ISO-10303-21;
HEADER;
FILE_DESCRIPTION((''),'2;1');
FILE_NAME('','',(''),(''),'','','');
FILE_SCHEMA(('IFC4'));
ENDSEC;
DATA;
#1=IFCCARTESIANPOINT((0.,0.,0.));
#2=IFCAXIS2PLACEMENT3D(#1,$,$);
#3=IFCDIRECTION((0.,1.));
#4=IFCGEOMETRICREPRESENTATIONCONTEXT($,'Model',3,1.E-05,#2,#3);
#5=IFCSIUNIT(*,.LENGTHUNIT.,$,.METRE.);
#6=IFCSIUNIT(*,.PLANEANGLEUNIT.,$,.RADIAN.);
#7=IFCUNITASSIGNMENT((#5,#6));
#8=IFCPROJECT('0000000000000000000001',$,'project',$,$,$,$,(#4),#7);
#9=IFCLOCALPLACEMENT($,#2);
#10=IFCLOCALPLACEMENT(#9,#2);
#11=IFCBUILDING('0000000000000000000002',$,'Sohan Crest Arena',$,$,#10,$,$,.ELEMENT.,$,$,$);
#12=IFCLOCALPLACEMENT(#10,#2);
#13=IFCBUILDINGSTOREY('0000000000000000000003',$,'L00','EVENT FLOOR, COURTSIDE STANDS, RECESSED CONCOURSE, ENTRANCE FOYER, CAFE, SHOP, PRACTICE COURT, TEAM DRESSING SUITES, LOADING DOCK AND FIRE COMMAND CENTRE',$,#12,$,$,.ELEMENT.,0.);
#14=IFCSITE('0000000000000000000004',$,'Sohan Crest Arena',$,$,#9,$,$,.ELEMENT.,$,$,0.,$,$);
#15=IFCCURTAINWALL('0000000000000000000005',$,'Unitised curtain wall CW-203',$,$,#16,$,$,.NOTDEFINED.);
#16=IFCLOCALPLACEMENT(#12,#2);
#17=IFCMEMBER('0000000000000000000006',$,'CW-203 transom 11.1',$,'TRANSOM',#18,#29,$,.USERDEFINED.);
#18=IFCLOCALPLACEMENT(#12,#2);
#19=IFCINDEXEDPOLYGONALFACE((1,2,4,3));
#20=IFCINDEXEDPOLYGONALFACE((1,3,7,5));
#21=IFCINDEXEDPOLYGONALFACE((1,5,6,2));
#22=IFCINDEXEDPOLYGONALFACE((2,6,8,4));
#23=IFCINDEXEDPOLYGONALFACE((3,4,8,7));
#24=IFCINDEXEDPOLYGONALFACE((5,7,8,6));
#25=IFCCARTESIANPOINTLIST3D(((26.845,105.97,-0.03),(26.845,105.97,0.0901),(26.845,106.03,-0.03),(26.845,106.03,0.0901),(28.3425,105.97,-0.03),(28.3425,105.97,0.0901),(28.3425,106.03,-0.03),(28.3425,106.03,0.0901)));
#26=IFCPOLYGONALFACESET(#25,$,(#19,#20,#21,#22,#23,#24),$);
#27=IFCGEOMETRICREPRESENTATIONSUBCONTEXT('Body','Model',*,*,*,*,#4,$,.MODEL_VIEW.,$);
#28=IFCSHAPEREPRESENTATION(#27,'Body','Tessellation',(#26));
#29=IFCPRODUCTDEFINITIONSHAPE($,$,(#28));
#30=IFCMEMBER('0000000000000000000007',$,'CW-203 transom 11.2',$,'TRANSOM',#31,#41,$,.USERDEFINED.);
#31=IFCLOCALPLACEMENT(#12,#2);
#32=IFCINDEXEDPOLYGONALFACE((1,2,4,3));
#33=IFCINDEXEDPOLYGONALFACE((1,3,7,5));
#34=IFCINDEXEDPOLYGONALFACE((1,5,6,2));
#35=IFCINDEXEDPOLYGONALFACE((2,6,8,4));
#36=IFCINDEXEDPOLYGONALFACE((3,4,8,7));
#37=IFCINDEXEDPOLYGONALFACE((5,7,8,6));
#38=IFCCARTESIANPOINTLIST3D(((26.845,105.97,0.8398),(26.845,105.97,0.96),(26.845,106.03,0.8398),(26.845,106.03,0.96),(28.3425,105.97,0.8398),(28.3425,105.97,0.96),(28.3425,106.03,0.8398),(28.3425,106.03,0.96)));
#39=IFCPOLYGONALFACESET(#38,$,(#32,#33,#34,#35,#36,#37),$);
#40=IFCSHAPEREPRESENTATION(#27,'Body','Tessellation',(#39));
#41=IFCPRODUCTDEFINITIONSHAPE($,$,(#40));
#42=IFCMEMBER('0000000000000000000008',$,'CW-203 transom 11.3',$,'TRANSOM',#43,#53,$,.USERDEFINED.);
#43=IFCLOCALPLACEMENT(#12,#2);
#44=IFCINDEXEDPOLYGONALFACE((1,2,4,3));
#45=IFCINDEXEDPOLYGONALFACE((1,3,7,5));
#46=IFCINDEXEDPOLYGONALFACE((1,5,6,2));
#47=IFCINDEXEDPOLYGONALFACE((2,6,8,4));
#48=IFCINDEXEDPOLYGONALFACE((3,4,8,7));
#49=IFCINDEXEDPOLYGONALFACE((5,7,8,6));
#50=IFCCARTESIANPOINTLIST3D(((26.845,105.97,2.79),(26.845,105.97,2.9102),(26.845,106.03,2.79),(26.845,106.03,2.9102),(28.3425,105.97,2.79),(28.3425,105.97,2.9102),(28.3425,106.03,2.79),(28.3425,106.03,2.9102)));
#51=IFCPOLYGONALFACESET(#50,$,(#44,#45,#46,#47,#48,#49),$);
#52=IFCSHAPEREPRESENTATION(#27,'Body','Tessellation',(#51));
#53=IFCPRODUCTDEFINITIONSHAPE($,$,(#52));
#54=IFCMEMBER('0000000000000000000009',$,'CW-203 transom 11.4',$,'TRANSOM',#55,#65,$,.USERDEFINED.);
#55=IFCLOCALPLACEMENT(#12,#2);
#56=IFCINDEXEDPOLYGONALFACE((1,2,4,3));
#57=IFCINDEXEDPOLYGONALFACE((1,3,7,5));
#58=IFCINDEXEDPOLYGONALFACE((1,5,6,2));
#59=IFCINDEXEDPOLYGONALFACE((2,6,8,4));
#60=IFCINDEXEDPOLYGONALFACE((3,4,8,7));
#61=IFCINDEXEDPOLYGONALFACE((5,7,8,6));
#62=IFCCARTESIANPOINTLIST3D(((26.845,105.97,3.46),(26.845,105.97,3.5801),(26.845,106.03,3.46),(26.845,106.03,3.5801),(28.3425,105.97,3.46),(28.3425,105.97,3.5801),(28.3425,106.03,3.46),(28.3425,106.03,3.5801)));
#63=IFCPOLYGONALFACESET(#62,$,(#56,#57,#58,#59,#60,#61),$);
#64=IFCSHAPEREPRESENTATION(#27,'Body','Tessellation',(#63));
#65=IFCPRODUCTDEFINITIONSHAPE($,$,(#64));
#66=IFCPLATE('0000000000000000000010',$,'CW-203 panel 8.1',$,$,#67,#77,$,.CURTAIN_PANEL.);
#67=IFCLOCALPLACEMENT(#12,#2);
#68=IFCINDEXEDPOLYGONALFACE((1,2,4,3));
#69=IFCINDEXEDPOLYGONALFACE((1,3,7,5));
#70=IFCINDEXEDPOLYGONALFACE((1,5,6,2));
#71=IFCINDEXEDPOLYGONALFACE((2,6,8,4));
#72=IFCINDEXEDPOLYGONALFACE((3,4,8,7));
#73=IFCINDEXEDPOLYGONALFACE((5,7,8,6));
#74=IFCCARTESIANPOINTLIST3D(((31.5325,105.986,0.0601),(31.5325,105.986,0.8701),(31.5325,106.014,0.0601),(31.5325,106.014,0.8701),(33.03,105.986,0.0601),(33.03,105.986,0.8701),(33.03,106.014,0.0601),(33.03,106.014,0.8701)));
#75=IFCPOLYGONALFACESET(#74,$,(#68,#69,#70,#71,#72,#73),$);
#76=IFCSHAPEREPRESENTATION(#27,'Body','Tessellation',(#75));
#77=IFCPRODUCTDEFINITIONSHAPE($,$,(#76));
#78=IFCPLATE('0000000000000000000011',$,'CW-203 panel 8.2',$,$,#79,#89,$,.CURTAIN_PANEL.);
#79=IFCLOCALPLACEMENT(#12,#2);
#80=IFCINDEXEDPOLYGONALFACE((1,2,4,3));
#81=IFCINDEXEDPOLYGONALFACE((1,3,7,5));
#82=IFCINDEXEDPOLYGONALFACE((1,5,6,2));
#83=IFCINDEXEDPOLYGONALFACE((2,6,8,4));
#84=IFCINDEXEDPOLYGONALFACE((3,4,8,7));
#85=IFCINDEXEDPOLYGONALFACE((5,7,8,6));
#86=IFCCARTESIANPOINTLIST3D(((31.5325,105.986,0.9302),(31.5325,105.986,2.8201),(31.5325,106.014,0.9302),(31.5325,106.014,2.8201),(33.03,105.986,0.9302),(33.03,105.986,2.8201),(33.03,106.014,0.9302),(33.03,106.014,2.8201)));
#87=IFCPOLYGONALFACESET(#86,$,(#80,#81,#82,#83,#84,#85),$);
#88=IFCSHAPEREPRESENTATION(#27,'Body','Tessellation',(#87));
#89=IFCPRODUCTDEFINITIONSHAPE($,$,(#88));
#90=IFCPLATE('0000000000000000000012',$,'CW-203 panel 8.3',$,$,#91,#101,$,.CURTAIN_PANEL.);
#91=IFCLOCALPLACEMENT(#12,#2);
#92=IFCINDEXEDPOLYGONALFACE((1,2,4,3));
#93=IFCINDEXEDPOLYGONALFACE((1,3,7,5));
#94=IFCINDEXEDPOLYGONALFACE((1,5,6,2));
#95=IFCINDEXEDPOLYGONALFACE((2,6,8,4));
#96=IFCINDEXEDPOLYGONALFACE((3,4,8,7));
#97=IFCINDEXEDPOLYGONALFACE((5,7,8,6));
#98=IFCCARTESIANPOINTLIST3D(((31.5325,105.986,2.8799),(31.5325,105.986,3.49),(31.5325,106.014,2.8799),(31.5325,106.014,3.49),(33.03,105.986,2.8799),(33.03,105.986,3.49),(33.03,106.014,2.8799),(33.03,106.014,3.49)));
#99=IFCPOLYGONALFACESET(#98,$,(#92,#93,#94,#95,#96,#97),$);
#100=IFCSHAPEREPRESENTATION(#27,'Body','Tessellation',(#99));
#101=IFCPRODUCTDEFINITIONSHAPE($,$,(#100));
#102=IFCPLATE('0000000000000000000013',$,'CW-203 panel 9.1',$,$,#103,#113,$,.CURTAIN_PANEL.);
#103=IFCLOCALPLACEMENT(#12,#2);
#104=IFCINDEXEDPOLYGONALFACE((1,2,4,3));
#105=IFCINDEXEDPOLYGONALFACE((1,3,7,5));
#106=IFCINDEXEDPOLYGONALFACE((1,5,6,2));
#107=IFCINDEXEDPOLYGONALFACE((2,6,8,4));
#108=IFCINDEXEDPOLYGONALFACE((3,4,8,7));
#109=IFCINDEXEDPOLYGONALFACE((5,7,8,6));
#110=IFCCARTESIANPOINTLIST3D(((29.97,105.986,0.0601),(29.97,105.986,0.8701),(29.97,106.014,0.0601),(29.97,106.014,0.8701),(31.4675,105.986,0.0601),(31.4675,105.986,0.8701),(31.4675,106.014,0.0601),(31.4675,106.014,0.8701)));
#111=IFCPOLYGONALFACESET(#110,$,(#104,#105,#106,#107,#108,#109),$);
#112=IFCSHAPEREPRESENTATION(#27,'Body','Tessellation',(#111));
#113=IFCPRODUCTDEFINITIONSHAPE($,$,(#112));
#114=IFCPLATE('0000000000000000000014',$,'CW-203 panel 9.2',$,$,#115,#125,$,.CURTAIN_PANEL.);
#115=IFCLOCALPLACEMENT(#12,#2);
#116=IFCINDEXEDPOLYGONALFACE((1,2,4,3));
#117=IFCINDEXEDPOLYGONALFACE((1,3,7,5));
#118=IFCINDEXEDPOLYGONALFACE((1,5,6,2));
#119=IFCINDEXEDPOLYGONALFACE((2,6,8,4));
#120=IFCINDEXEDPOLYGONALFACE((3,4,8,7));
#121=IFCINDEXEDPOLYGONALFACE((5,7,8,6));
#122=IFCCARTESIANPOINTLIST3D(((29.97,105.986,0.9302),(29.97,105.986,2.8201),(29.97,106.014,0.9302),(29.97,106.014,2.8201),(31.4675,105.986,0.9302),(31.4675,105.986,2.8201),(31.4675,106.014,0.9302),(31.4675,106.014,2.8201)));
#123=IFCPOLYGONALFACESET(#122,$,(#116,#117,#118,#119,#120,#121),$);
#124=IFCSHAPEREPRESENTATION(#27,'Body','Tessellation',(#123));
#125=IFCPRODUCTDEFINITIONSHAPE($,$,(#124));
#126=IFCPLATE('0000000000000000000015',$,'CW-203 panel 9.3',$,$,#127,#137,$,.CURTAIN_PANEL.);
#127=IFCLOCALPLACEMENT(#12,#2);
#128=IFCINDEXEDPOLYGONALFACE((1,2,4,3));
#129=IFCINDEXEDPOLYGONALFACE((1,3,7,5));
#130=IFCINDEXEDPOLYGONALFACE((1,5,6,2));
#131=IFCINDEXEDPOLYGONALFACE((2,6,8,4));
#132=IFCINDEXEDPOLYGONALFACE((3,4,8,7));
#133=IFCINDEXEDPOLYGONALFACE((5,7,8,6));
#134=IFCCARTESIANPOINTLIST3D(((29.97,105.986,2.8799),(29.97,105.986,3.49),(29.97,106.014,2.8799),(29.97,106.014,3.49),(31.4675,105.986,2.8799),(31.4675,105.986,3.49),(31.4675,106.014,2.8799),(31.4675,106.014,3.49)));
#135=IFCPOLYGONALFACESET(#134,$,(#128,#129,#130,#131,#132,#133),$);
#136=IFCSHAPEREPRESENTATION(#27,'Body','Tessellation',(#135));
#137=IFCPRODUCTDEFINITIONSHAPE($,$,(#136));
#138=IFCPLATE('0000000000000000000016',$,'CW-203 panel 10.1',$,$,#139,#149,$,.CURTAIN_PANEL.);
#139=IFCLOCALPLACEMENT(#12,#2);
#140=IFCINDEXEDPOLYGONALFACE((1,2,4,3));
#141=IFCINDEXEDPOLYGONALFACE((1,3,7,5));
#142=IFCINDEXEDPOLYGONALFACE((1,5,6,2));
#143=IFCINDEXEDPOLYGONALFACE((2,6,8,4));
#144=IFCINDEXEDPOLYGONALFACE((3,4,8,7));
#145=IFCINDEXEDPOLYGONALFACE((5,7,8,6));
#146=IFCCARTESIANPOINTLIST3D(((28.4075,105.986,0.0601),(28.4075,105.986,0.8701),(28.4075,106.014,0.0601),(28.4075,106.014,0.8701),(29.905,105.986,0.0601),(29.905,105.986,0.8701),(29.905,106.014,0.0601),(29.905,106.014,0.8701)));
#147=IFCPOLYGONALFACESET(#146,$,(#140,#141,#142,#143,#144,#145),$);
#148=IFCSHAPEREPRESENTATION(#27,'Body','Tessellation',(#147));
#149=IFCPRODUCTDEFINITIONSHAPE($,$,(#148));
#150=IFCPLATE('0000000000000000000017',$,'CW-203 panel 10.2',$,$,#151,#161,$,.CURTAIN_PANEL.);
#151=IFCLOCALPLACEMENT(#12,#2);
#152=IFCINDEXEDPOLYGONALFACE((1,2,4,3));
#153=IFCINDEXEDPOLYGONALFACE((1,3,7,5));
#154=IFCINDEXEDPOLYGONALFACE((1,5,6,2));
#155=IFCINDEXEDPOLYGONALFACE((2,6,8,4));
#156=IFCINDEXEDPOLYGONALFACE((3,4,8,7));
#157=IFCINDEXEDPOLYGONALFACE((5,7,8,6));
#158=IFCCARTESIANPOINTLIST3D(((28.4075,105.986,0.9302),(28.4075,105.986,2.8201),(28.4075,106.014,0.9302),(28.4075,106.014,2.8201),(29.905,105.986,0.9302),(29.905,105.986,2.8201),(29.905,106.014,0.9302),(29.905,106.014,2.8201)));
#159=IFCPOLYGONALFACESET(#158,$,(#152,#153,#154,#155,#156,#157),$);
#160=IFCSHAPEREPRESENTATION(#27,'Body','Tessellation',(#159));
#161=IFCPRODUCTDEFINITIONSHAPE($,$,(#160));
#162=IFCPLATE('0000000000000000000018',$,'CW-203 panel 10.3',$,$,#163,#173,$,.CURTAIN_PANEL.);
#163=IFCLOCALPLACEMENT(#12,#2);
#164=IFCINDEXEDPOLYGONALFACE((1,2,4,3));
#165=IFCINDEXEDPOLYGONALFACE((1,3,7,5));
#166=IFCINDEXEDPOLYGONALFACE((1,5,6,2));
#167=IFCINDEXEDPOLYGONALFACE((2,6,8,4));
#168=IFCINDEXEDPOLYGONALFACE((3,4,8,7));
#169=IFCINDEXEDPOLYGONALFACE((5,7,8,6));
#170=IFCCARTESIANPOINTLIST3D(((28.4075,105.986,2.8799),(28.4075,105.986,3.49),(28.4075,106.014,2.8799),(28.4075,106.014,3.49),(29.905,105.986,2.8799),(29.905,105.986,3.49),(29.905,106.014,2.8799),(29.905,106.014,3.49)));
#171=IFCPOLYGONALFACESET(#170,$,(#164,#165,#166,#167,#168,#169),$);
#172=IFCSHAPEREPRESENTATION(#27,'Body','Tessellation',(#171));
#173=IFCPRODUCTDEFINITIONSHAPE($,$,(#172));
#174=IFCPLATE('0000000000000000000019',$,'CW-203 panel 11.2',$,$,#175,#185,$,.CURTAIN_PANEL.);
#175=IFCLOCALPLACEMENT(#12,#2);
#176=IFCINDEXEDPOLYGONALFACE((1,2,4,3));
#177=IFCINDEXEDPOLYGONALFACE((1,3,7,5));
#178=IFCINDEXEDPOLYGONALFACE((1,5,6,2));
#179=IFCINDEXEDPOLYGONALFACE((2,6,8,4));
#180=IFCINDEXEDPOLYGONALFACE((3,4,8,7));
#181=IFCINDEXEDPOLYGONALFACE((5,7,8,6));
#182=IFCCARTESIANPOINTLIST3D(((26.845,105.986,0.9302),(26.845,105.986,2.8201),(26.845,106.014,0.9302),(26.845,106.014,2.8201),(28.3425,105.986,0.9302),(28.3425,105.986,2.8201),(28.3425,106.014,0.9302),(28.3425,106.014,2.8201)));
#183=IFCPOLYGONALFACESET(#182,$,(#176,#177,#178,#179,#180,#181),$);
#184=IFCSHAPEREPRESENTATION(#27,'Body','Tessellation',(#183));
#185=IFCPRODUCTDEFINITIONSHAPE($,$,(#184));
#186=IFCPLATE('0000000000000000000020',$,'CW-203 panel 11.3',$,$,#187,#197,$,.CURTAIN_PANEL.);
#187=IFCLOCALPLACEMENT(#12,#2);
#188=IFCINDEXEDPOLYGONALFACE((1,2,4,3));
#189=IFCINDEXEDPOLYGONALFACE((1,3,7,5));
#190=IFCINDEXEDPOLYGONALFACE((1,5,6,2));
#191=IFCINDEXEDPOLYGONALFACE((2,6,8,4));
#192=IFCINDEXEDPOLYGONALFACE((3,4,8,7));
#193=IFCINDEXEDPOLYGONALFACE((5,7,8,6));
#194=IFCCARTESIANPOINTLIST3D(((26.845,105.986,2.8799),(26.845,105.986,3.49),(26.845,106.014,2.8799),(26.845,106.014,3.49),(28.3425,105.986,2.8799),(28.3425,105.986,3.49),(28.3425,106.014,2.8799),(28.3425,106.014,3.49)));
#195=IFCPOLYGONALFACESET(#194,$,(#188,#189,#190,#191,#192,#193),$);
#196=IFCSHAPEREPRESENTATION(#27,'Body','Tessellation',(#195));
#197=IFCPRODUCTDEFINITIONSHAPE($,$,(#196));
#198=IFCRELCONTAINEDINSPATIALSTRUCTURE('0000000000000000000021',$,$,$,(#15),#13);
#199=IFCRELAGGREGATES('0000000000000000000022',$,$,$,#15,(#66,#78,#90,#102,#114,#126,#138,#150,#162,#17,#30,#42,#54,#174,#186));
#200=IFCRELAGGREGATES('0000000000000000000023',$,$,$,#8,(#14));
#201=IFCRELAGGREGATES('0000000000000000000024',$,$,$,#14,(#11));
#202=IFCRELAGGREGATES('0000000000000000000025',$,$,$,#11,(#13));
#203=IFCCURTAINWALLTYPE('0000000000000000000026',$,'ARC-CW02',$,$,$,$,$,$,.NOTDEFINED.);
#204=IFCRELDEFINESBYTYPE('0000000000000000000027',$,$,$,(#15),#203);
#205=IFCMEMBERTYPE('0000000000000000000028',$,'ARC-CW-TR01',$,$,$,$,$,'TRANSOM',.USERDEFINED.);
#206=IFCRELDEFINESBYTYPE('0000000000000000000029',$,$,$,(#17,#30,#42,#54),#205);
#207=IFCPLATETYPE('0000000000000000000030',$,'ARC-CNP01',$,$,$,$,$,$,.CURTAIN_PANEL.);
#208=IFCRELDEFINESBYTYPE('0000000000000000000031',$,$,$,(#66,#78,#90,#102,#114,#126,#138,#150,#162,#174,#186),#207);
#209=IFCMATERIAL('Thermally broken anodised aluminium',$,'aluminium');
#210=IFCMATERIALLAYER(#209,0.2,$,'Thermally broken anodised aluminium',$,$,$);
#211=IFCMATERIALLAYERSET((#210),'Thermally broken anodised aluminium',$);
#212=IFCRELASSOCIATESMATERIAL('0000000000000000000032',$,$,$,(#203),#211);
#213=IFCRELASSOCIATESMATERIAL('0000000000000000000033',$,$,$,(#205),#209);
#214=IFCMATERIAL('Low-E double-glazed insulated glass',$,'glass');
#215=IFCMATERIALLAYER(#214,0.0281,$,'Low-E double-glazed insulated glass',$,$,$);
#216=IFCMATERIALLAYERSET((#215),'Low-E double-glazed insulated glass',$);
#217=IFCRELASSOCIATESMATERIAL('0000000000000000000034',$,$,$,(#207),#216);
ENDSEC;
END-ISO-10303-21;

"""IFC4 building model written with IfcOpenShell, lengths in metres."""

from ifc_helpers import new_model, si_unit, direction, frame, origin, origin_2d, place, context, subcontext, project, spatial, rectangle, extrude, material, layer, layer_set, material_profile, profile_set, type_object, element, aggregate, save


model = new_model("IFC4")

# Units and contexts
model_context = context("Model", 3, precision=1e-05, world=origin(), true_north=direction((0.0, 1.0)))
body_context = subcontext(model_context, "Body", "Model", "MODEL_VIEW")
ifc_project = project(units=[si_unit("LENGTHUNIT", "METRE"), si_unit("PLANEANGLEUNIT", "RADIAN")], contexts=[model_context])

# Site, building, storey
site_placement = place(None, origin())
site = spatial("IfcSite", under=ifc_project, at=site_placement, Name="Sohan Crest Arena", CompositionType="ELEMENT", RefElevation=0.0)
building_placement = place(site_placement, origin())
building = spatial("IfcBuilding", under=site, at=building_placement, Name="Sohan Crest Arena", CompositionType="ELEMENT")
storey_placement = place(building_placement, origin())
storey = spatial("IfcBuildingStorey", under=building, at=storey_placement, Name="L00", Description="EVENT FLOOR, COURTSIDE STANDS, RECESSED CONCOURSE, ENTRANCE FOYER, CAFE, SHOP, PRACTICE COURT, TEAM DRESSING SUITES, LOADING DOCK AND FIRE COMMAND CENTRE", CompositionType="ELEMENT", Elevation=0.0)

# Curtain wall, members, plates
ifc_material_1 = material(Name="Thermally broken anodised aluminium", Category="aluminium")
ifc_layer_1 = layer(ifc_material_1, 0.2, Name="Thermally broken anodised aluminium")
ifc_layer_set_1 = layer_set([ifc_layer_1], Name="Thermally broken anodised aluminium")
curtain_wall_type = type_object("IfcCurtainWallType", Name="ARC-CW02", PredefinedType="NOTDEFINED", material=ifc_layer_set_1)
curtain_wall_placement = place(storey_placement, origin())
curtain_wall = element("IfcCurtainWall", 1, at=curtain_wall_placement, inside=storey, type_object=curtain_wall_type, Name="Unitised curtain wall CW-203", PredefinedType="NOTDEFINED")
ifc_material_profile_1 = material_profile(ifc_material_1, rectangle(XDim=0.0601, YDim=0.1201, at=origin_2d()), Name="ALU-TRAN 60x120")
ifc_profile_set_1 = profile_set([ifc_material_profile_1], Name="Thermally broken anodised aluminium")
member_type_1 = type_object("IfcMemberType", Name="ARC-CW-TR01", ElementType="TRANSOM", PredefinedType="USERDEFINED", material=ifc_profile_set_1)
member_1_placement = place(storey_placement, frame((28.3425, 106.0, 0.03), z_axis=(-1.0, 0.0, 0.0), x_axis=(0.0, -1.0, 0.0)))
member_1 = element("IfcMember", 2, at=member_1_placement, type_object=member_type_1, Name="CW-203 transom 11.1", ObjectType="TRANSOM", PredefinedType="USERDEFINED", context=body_context, shape_type="SweptSolid", body=[
    extrude(rectangle(XDim=0.0601, YDim=0.1201, at=origin_2d()), origin(), (0.0, 0.0, 1.0), 1.4976),
])
member_2_placement = place(storey_placement, frame((28.3425, 106.0, 0.8999), z_axis=(-1.0, 0.0, 0.0), x_axis=(0.0, -1.0, 0.0)))
member_2 = element("IfcMember", 3, at=member_2_placement, type_object=member_type_1, Name="CW-203 transom 11.2", ObjectType="TRANSOM", PredefinedType="USERDEFINED", context=body_context, shape_type="SweptSolid", body=[
    extrude(rectangle(XDim=0.0601, YDim=0.1201, at=origin_2d()), origin(), (0.0, 0.0, 1.0), 1.4976),
])
member_3_placement = place(storey_placement, frame((28.3425, 106.0, 2.8501), z_axis=(-1.0, 0.0, 0.0), x_axis=(0.0, -1.0, 0.0)))
member_3 = element("IfcMember", 4, at=member_3_placement, type_object=member_type_1, Name="CW-203 transom 11.3", ObjectType="TRANSOM", PredefinedType="USERDEFINED", context=body_context, shape_type="SweptSolid", body=[
    extrude(rectangle(XDim=0.0601, YDim=0.1201, at=origin_2d()), origin(), (0.0, 0.0, 1.0), 1.4976),
])
member_4_placement = place(storey_placement, frame((28.3425, 106.0, 3.52), z_axis=(-1.0, 0.0, 0.0), x_axis=(0.0, -1.0, 0.0)))
member_4 = element("IfcMember", 5, at=member_4_placement, type_object=member_type_1, Name="CW-203 transom 11.4", ObjectType="TRANSOM", PredefinedType="USERDEFINED", context=body_context, shape_type="SweptSolid", body=[
    extrude(rectangle(XDim=0.0601, YDim=0.1201, at=origin_2d()), origin(), (0.0, 0.0, 1.0), 1.4976),
])
ifc_material_2 = material(Name="Low-E double-glazed insulated glass", Category="glass")
ifc_layer_2 = layer(ifc_material_2, 0.0281, Name="Low-E double-glazed insulated glass")
ifc_layer_set_2 = layer_set([ifc_layer_2], Name="Low-E double-glazed insulated glass")
plate_type = type_object("IfcPlateType", Name="ARC-CNP01", PredefinedType="CURTAIN_PANEL", material=ifc_layer_set_2)
plate_1_placement = place(storey_placement, frame((32.2812, 106.0, 0.0601), z_axis=(0.0, 0.0, 1.0), x_axis=(-1.0, 0.0, 0.0)))
plate_1 = element("IfcPlate", 6, at=plate_1_placement, type_object=plate_type, Name="CW-203 panel 8.1", PredefinedType="CURTAIN_PANEL", context=body_context, shape_type="SweptSolid", body=[
    extrude(rectangle(XDim=1.4976, YDim=0.0281, at=origin_2d()), origin(), (0.0, 0.0, 1.0), 0.8101),
])
plate_2_placement = place(storey_placement, frame((32.2812, 106.0, 0.9302), z_axis=(0.0, 0.0, 1.0), x_axis=(-1.0, 0.0, 0.0)))
plate_2 = element("IfcPlate", 7, at=plate_2_placement, type_object=plate_type, Name="CW-203 panel 8.2", PredefinedType="CURTAIN_PANEL", context=body_context, shape_type="SweptSolid", body=[
    extrude(rectangle(XDim=1.4976, YDim=0.0281, at=origin_2d()), origin(), (0.0, 0.0, 1.0), 1.8899),
])
plate_3_placement = place(storey_placement, frame((32.2812, 106.0, 2.8799), z_axis=(0.0, 0.0, 1.0), x_axis=(-1.0, 0.0, 0.0)))
plate_3 = element("IfcPlate", 8, at=plate_3_placement, type_object=plate_type, Name="CW-203 panel 8.3", PredefinedType="CURTAIN_PANEL", context=body_context, shape_type="SweptSolid", body=[
    extrude(rectangle(XDim=1.4976, YDim=0.0281, at=origin_2d()), origin(), (0.0, 0.0, 1.0), 0.6101),
])
plate_4_placement = place(storey_placement, frame((30.7188, 106.0, 0.0601), z_axis=(0.0, 0.0, 1.0), x_axis=(-1.0, 0.0, 0.0)))
plate_4 = element("IfcPlate", 9, at=plate_4_placement, type_object=plate_type, Name="CW-203 panel 9.1", PredefinedType="CURTAIN_PANEL", context=body_context, shape_type="SweptSolid", body=[
    extrude(rectangle(XDim=1.4976, YDim=0.0281, at=origin_2d()), origin(), (0.0, 0.0, 1.0), 0.8101),
])
plate_5_placement = place(storey_placement, frame((30.7188, 106.0, 0.9302), z_axis=(0.0, 0.0, 1.0), x_axis=(-1.0, 0.0, 0.0)))
plate_5 = element("IfcPlate", 10, at=plate_5_placement, type_object=plate_type, Name="CW-203 panel 9.2", PredefinedType="CURTAIN_PANEL", context=body_context, shape_type="SweptSolid", body=[
    extrude(rectangle(XDim=1.4976, YDim=0.0281, at=origin_2d()), origin(), (0.0, 0.0, 1.0), 1.8899),
])
plate_6_placement = place(storey_placement, frame((30.7188, 106.0, 2.8799), z_axis=(0.0, 0.0, 1.0), x_axis=(-1.0, 0.0, 0.0)))
plate_6 = element("IfcPlate", 11, at=plate_6_placement, type_object=plate_type, Name="CW-203 panel 9.3", PredefinedType="CURTAIN_PANEL", context=body_context, shape_type="SweptSolid", body=[
    extrude(rectangle(XDim=1.4976, YDim=0.0281, at=origin_2d()), origin(), (0.0, 0.0, 1.0), 0.6101),
])
plate_7_placement = place(storey_placement, frame((29.1562, 106.0, 0.0601), z_axis=(0.0, 0.0, 1.0), x_axis=(-1.0, 0.0, 0.0)))
plate_7 = element("IfcPlate", 12, at=plate_7_placement, type_object=plate_type, Name="CW-203 panel 10.1", PredefinedType="CURTAIN_PANEL", context=body_context, shape_type="SweptSolid", body=[
    extrude(rectangle(XDim=1.4976, YDim=0.0281, at=origin_2d()), origin(), (0.0, 0.0, 1.0), 0.8101),
])
plate_8_placement = place(storey_placement, frame((29.1562, 106.0, 0.9302), z_axis=(0.0, 0.0, 1.0), x_axis=(-1.0, 0.0, 0.0)))
plate_8 = element("IfcPlate", 13, at=plate_8_placement, type_object=plate_type, Name="CW-203 panel 10.2", PredefinedType="CURTAIN_PANEL", context=body_context, shape_type="SweptSolid", body=[
    extrude(rectangle(XDim=1.4976, YDim=0.0281, at=origin_2d()), origin(), (0.0, 0.0, 1.0), 1.8899),
])
plate_9_placement = place(storey_placement, frame((29.1562, 106.0, 2.8799), z_axis=(0.0, 0.0, 1.0), x_axis=(-1.0, 0.0, 0.0)))
plate_9 = element("IfcPlate", 14, at=plate_9_placement, type_object=plate_type, Name="CW-203 panel 10.3", PredefinedType="CURTAIN_PANEL", context=body_context, shape_type="SweptSolid", body=[
    extrude(rectangle(XDim=1.4976, YDim=0.0281, at=origin_2d()), origin(), (0.0, 0.0, 1.0), 0.6101),
])
plate_10_placement = place(storey_placement, frame((27.5938, 106.0, 0.9302), z_axis=(0.0, 0.0, 1.0), x_axis=(-1.0, 0.0, 0.0)))
plate_10 = element("IfcPlate", 15, at=plate_10_placement, type_object=plate_type, Name="CW-203 panel 11.2", PredefinedType="CURTAIN_PANEL", context=body_context, shape_type="SweptSolid", body=[
    extrude(rectangle(XDim=1.4976, YDim=0.0281, at=origin_2d()), origin(), (0.0, 0.0, 1.0), 1.8899),
])
plate_11_placement = place(storey_placement, frame((27.5938, 106.0, 2.8799), z_axis=(0.0, 0.0, 1.0), x_axis=(-1.0, 0.0, 0.0)))
plate_11 = element("IfcPlate", 16, at=plate_11_placement, type_object=plate_type, Name="CW-203 panel 11.3", PredefinedType="CURTAIN_PANEL", context=body_context, shape_type="SweptSolid", body=[
    extrude(rectangle(XDim=1.4976, YDim=0.0281, at=origin_2d()), origin(), (0.0, 0.0, 1.0), 0.6101),
])
aggregate(curtain_wall, [plate_1, plate_2, plate_3, plate_4, plate_5, plate_6, plate_7, plate_8, plate_9, member_1, member_2, member_3, member_4, plate_10, plate_11])

save(model, "model.ifc")
